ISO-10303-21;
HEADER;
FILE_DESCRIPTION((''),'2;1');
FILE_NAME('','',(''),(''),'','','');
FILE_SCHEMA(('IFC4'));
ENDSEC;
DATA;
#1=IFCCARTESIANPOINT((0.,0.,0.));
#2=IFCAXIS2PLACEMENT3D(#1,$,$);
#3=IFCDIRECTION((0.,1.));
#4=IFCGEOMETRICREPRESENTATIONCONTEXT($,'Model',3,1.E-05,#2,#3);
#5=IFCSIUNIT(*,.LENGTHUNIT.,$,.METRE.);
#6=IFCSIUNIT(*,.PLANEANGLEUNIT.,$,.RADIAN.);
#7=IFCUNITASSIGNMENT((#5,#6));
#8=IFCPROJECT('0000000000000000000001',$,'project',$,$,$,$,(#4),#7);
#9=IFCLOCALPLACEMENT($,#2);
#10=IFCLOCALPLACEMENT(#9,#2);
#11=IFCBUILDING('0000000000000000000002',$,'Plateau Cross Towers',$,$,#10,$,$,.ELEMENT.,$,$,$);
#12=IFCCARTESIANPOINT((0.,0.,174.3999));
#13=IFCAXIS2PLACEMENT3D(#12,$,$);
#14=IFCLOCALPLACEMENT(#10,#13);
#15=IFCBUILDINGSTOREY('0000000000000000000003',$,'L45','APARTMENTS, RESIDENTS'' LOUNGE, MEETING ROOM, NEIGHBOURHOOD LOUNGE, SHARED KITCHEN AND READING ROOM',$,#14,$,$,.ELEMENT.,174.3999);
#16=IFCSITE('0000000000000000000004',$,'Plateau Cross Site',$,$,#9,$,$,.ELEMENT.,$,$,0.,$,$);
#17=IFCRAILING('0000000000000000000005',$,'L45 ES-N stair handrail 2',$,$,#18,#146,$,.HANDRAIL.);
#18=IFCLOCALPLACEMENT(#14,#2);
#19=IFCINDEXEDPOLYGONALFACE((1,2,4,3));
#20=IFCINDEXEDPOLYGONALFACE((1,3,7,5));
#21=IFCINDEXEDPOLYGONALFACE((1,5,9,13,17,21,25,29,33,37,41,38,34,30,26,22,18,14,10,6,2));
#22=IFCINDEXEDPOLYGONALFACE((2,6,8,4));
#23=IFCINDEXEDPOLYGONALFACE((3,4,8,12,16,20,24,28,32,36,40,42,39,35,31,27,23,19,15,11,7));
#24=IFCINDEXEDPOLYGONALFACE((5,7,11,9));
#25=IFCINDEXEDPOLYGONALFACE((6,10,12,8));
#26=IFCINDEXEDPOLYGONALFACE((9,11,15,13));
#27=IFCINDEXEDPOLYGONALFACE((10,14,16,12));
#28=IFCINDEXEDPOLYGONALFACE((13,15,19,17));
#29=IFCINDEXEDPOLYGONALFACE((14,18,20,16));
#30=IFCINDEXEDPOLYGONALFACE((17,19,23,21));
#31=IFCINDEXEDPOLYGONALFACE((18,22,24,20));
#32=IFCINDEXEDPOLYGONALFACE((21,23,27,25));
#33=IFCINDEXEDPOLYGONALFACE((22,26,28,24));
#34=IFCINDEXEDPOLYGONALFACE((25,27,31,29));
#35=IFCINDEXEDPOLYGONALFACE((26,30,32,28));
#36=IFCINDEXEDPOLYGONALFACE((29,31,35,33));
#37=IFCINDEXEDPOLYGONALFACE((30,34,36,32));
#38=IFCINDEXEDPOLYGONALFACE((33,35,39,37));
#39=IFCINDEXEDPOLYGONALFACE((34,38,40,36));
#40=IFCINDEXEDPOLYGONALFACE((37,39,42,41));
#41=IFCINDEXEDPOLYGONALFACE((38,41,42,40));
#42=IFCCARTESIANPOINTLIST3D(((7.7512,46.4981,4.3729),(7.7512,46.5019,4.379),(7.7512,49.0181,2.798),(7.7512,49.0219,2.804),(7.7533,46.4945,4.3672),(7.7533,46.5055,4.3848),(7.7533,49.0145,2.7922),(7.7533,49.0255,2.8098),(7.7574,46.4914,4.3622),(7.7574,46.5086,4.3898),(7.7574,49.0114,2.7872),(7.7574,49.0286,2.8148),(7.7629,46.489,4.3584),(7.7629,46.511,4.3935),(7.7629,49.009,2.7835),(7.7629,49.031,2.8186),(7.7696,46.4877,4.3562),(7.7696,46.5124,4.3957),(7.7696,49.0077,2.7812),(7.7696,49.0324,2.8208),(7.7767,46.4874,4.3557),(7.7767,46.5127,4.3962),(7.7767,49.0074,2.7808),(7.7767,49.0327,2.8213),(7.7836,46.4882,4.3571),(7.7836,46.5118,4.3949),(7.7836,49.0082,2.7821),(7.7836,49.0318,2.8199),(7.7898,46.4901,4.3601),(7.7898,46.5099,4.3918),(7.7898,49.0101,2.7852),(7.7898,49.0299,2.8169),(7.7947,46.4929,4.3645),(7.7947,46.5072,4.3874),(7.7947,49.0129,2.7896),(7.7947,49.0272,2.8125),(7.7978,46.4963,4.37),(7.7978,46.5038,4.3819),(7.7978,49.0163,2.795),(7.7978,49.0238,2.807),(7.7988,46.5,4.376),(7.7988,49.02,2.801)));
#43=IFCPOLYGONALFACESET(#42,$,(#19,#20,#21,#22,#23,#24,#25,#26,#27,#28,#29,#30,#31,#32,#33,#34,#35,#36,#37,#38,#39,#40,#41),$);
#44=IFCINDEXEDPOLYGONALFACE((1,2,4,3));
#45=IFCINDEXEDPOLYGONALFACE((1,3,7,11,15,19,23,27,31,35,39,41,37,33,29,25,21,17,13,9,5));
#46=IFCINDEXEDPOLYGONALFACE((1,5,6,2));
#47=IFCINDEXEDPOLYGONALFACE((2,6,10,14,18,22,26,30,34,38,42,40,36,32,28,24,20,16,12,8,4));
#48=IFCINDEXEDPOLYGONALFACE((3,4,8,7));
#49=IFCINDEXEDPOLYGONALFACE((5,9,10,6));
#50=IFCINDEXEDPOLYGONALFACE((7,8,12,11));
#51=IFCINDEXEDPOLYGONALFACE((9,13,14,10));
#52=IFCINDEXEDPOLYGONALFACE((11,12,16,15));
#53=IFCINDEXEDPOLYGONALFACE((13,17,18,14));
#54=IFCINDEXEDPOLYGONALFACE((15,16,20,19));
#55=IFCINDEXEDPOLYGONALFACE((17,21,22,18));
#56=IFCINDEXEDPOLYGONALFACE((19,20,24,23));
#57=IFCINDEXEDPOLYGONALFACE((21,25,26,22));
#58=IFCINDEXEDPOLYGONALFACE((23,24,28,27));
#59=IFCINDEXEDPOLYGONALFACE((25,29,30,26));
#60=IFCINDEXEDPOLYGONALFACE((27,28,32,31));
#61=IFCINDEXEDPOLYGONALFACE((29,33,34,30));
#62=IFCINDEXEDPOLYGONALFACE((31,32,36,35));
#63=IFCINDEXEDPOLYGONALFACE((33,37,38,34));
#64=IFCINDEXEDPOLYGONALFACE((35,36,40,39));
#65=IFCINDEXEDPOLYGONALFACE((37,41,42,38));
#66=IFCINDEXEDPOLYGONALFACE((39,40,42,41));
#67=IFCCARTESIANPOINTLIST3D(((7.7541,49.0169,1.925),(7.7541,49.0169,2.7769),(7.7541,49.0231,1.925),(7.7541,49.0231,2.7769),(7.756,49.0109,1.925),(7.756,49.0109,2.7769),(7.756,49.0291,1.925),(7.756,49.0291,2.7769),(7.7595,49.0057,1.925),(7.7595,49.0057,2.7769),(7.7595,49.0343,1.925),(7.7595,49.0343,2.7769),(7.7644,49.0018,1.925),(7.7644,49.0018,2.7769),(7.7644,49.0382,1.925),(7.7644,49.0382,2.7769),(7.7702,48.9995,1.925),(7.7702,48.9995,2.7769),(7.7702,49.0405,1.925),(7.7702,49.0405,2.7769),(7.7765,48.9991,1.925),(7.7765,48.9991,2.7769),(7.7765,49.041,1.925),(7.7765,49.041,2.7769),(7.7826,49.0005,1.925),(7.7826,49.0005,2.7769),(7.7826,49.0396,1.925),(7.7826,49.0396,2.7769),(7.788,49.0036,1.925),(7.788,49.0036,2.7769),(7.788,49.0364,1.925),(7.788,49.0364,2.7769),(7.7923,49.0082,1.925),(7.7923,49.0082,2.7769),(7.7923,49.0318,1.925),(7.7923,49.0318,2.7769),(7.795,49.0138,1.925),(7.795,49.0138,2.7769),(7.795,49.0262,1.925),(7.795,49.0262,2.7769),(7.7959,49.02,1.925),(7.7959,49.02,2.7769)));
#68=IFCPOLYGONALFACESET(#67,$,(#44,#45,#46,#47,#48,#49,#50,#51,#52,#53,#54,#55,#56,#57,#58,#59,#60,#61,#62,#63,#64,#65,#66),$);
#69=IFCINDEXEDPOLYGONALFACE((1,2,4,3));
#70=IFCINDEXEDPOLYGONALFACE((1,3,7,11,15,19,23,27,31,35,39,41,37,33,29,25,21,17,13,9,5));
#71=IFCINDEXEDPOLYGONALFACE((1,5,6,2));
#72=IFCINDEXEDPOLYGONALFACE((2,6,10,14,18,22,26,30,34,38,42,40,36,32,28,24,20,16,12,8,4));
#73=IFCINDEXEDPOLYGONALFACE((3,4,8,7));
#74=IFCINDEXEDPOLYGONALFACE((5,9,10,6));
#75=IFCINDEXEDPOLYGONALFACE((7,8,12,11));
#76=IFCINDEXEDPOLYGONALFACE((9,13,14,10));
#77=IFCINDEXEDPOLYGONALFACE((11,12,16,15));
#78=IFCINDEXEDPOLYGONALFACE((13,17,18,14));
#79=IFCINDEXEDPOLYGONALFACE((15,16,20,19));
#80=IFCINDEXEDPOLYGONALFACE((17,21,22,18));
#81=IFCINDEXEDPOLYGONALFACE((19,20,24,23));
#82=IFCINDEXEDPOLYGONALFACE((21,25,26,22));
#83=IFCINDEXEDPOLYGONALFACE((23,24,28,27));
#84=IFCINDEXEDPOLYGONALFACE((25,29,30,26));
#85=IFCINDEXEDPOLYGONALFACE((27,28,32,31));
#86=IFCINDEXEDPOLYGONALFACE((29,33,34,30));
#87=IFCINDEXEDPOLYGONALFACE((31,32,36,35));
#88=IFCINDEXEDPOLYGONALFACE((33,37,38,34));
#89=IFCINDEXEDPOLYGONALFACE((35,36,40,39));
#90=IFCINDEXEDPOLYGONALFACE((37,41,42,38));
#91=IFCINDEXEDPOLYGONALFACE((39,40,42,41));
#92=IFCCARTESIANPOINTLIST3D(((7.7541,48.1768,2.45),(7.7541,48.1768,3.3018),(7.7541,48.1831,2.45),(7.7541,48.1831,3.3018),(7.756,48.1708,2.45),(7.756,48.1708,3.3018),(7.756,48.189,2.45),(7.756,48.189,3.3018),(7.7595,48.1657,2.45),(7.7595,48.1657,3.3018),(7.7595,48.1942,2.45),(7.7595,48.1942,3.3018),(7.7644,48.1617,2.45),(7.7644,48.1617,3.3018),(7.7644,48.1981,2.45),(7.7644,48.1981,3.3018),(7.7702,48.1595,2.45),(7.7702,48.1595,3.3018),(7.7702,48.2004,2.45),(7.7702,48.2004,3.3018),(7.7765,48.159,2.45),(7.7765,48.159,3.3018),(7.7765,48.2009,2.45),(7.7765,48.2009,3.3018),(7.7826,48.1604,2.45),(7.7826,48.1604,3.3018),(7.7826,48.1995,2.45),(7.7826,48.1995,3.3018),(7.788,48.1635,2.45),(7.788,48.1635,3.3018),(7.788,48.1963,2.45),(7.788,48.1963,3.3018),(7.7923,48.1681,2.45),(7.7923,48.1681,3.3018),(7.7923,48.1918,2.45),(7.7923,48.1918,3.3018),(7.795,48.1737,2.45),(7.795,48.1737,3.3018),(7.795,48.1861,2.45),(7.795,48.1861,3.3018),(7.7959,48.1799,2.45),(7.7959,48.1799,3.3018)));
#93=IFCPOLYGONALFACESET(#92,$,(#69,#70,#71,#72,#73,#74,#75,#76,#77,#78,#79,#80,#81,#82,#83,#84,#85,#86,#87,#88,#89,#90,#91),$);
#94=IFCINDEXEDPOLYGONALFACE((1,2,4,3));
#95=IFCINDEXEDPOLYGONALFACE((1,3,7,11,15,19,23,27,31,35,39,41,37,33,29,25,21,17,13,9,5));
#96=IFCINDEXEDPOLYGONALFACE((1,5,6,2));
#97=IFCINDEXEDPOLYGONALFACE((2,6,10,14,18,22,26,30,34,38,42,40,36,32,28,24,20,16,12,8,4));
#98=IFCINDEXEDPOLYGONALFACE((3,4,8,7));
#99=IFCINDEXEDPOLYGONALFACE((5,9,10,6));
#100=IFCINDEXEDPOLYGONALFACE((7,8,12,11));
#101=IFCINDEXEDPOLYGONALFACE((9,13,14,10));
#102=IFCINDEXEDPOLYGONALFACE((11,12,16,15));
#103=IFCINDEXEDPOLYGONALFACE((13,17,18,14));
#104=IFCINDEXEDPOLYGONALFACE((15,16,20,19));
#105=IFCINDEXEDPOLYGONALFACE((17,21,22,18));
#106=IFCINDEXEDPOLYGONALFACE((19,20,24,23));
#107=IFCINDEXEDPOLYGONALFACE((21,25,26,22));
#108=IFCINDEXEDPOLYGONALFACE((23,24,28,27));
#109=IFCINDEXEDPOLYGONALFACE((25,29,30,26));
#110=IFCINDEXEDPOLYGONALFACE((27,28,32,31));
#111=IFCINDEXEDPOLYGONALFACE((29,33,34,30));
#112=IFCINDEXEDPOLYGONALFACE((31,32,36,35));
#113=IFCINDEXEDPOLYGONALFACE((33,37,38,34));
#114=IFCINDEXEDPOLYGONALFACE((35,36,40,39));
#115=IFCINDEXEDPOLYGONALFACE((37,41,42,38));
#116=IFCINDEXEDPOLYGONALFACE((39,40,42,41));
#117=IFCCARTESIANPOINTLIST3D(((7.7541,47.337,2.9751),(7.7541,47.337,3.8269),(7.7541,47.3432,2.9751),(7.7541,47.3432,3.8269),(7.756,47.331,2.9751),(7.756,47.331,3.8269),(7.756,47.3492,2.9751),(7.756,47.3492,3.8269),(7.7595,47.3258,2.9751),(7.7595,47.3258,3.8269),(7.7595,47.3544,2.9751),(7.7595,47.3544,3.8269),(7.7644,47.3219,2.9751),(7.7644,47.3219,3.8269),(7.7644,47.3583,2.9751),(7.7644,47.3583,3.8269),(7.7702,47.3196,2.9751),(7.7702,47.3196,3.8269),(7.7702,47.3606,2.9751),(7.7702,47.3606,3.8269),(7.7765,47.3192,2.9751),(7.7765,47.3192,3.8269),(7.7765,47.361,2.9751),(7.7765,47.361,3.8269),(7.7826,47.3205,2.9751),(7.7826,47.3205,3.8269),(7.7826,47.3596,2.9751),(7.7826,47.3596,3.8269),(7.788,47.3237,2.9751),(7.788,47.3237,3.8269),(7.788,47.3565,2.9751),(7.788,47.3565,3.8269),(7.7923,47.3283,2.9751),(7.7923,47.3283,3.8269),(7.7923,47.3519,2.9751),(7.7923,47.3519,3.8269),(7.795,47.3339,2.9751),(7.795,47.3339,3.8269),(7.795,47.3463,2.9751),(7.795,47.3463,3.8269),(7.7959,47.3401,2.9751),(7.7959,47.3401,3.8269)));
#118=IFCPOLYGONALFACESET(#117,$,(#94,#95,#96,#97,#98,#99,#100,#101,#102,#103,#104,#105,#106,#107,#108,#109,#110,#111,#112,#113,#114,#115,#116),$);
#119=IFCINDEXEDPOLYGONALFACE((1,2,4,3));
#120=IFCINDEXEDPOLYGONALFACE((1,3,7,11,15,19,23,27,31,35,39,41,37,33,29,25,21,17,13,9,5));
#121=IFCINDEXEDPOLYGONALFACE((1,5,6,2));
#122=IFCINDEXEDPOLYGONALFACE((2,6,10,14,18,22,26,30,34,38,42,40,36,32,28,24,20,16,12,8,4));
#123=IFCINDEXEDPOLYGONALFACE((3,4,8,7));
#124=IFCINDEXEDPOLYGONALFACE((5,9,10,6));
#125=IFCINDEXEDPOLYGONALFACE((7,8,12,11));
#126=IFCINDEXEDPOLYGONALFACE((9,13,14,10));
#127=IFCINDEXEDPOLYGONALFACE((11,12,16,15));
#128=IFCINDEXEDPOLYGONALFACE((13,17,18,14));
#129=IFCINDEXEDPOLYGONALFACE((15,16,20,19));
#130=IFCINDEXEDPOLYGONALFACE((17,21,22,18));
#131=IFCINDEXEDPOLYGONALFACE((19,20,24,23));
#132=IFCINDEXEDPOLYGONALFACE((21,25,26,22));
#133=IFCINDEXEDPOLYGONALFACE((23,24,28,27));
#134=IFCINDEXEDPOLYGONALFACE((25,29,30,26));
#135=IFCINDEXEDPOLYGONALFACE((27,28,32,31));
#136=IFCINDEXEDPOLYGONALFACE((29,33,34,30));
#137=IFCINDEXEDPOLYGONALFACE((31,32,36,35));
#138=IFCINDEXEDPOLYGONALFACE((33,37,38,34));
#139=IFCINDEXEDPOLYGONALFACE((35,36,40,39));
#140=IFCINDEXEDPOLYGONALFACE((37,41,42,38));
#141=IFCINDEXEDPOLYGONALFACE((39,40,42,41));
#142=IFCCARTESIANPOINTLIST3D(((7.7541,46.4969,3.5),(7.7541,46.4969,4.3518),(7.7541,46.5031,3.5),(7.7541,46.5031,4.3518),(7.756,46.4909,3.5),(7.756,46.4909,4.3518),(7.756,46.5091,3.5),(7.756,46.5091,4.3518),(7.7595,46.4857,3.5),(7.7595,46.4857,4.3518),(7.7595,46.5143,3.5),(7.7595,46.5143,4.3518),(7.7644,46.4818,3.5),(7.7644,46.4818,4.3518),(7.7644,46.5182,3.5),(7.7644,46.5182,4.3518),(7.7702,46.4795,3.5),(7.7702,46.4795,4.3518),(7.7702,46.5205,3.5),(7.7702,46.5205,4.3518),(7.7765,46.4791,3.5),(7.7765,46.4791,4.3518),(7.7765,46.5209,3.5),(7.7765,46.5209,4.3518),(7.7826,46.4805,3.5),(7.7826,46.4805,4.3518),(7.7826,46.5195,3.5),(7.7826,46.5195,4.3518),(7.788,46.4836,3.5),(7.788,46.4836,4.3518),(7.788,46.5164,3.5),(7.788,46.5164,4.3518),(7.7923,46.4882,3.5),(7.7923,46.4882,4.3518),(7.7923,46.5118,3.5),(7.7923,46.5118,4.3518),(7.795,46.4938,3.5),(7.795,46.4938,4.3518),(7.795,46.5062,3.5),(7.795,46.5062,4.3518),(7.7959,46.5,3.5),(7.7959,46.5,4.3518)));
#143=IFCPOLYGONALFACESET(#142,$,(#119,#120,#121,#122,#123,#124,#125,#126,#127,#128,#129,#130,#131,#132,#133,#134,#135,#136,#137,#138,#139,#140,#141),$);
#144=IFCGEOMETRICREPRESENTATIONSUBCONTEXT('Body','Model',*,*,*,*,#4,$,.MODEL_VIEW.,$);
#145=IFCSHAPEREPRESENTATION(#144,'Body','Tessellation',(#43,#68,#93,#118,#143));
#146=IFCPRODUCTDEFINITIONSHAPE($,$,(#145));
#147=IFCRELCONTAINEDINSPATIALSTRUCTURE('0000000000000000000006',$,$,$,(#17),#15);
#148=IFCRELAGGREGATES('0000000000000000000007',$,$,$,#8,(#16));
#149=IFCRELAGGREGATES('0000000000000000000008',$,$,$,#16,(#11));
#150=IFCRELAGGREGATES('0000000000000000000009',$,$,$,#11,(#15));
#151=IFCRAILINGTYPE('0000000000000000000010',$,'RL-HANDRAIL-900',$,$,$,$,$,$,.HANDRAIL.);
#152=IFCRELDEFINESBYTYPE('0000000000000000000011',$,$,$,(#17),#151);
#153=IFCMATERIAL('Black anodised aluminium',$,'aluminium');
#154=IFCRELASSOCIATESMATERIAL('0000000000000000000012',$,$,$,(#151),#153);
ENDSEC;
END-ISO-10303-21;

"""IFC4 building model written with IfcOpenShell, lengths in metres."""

from ifc_helpers import new_model, si_unit, direction, frame, origin, origin_2d, place, context, subcontext, project, spatial, circle, extrude, material, type_object, element, save


model = new_model("IFC4")

# Units and contexts
model_context = context("Model", 3, precision=1e-05, world=origin(), true_north=direction((0.0, 1.0)))
body_context = subcontext(model_context, "Body", "Model", "MODEL_VIEW")
ifc_project = project(units=[si_unit("LENGTHUNIT", "METRE"), si_unit("PLANEANGLEUNIT", "RADIAN")], contexts=[model_context])

# Site, building, storey
site_placement = place(None, origin())
site = spatial("IfcSite", under=ifc_project, at=site_placement, Name="Plateau Cross Site", CompositionType="ELEMENT", RefElevation=0.0)
building_placement = place(site_placement, origin())
building = spatial("IfcBuilding", under=site, at=building_placement, Name="Plateau Cross Towers", CompositionType="ELEMENT")
storey_placement = place(building_placement, frame((0.0, 0.0, 174.3999)))
storey = spatial("IfcBuildingStorey", under=building, at=storey_placement, Name="L45", Description="APARTMENTS, RESIDENTS' LOUNGE, MEETING ROOM, NEIGHBOURHOOD LOUNGE, SHARED KITCHEN AND READING ROOM", CompositionType="ELEMENT", Elevation=174.3999)

# Shared definitions
ifc_material_1 = material(Name="Black anodised aluminium", Category="aluminium")

# Railing
railing_type_1 = type_object("IfcRailingType", Name="RL-HANDRAIL-900", PredefinedType="HANDRAIL", material=ifc_material_1)
railing_1_placement = place(storey_placement, frame((7.7749, 49.02, 1.925)))
element("IfcRailing", 1, at=railing_1_placement, inside=storey, type_object=railing_type_1, Name="L45 ES-N stair handrail 2", PredefinedType="HANDRAIL", context=body_context, shape_type="SweptSolid", body=[
    extrude(circle(Radius=0.0239, at=origin_2d()), frame((0.0, 0.0, 0.876), z_axis=(0.0, -0.848008, 0.529984), x_axis=(1.0, 0.0, 0.0)), (0.0, 0.0, 1.0), 2.9717),
    extrude(circle(Radius=0.021, at=origin_2d()), origin(), (0.0, 0.0, 1.0), 0.8518),
    extrude(circle(Radius=0.021, at=origin_2d()), frame((0.0, -0.8401, 0.5249)), (0.0, 0.0, 1.0), 0.8518),
    extrude(circle(Radius=0.021, at=origin_2d()), frame((0.0, -1.6799, 1.05)), (0.0, 0.0, 1.0), 0.8518),
    extrude(circle(Radius=0.021, at=origin_2d()), frame((0.0, -2.52, 1.575)), (0.0, 0.0, 1.0), 0.8518),
])

save(model, "model.ifc")
